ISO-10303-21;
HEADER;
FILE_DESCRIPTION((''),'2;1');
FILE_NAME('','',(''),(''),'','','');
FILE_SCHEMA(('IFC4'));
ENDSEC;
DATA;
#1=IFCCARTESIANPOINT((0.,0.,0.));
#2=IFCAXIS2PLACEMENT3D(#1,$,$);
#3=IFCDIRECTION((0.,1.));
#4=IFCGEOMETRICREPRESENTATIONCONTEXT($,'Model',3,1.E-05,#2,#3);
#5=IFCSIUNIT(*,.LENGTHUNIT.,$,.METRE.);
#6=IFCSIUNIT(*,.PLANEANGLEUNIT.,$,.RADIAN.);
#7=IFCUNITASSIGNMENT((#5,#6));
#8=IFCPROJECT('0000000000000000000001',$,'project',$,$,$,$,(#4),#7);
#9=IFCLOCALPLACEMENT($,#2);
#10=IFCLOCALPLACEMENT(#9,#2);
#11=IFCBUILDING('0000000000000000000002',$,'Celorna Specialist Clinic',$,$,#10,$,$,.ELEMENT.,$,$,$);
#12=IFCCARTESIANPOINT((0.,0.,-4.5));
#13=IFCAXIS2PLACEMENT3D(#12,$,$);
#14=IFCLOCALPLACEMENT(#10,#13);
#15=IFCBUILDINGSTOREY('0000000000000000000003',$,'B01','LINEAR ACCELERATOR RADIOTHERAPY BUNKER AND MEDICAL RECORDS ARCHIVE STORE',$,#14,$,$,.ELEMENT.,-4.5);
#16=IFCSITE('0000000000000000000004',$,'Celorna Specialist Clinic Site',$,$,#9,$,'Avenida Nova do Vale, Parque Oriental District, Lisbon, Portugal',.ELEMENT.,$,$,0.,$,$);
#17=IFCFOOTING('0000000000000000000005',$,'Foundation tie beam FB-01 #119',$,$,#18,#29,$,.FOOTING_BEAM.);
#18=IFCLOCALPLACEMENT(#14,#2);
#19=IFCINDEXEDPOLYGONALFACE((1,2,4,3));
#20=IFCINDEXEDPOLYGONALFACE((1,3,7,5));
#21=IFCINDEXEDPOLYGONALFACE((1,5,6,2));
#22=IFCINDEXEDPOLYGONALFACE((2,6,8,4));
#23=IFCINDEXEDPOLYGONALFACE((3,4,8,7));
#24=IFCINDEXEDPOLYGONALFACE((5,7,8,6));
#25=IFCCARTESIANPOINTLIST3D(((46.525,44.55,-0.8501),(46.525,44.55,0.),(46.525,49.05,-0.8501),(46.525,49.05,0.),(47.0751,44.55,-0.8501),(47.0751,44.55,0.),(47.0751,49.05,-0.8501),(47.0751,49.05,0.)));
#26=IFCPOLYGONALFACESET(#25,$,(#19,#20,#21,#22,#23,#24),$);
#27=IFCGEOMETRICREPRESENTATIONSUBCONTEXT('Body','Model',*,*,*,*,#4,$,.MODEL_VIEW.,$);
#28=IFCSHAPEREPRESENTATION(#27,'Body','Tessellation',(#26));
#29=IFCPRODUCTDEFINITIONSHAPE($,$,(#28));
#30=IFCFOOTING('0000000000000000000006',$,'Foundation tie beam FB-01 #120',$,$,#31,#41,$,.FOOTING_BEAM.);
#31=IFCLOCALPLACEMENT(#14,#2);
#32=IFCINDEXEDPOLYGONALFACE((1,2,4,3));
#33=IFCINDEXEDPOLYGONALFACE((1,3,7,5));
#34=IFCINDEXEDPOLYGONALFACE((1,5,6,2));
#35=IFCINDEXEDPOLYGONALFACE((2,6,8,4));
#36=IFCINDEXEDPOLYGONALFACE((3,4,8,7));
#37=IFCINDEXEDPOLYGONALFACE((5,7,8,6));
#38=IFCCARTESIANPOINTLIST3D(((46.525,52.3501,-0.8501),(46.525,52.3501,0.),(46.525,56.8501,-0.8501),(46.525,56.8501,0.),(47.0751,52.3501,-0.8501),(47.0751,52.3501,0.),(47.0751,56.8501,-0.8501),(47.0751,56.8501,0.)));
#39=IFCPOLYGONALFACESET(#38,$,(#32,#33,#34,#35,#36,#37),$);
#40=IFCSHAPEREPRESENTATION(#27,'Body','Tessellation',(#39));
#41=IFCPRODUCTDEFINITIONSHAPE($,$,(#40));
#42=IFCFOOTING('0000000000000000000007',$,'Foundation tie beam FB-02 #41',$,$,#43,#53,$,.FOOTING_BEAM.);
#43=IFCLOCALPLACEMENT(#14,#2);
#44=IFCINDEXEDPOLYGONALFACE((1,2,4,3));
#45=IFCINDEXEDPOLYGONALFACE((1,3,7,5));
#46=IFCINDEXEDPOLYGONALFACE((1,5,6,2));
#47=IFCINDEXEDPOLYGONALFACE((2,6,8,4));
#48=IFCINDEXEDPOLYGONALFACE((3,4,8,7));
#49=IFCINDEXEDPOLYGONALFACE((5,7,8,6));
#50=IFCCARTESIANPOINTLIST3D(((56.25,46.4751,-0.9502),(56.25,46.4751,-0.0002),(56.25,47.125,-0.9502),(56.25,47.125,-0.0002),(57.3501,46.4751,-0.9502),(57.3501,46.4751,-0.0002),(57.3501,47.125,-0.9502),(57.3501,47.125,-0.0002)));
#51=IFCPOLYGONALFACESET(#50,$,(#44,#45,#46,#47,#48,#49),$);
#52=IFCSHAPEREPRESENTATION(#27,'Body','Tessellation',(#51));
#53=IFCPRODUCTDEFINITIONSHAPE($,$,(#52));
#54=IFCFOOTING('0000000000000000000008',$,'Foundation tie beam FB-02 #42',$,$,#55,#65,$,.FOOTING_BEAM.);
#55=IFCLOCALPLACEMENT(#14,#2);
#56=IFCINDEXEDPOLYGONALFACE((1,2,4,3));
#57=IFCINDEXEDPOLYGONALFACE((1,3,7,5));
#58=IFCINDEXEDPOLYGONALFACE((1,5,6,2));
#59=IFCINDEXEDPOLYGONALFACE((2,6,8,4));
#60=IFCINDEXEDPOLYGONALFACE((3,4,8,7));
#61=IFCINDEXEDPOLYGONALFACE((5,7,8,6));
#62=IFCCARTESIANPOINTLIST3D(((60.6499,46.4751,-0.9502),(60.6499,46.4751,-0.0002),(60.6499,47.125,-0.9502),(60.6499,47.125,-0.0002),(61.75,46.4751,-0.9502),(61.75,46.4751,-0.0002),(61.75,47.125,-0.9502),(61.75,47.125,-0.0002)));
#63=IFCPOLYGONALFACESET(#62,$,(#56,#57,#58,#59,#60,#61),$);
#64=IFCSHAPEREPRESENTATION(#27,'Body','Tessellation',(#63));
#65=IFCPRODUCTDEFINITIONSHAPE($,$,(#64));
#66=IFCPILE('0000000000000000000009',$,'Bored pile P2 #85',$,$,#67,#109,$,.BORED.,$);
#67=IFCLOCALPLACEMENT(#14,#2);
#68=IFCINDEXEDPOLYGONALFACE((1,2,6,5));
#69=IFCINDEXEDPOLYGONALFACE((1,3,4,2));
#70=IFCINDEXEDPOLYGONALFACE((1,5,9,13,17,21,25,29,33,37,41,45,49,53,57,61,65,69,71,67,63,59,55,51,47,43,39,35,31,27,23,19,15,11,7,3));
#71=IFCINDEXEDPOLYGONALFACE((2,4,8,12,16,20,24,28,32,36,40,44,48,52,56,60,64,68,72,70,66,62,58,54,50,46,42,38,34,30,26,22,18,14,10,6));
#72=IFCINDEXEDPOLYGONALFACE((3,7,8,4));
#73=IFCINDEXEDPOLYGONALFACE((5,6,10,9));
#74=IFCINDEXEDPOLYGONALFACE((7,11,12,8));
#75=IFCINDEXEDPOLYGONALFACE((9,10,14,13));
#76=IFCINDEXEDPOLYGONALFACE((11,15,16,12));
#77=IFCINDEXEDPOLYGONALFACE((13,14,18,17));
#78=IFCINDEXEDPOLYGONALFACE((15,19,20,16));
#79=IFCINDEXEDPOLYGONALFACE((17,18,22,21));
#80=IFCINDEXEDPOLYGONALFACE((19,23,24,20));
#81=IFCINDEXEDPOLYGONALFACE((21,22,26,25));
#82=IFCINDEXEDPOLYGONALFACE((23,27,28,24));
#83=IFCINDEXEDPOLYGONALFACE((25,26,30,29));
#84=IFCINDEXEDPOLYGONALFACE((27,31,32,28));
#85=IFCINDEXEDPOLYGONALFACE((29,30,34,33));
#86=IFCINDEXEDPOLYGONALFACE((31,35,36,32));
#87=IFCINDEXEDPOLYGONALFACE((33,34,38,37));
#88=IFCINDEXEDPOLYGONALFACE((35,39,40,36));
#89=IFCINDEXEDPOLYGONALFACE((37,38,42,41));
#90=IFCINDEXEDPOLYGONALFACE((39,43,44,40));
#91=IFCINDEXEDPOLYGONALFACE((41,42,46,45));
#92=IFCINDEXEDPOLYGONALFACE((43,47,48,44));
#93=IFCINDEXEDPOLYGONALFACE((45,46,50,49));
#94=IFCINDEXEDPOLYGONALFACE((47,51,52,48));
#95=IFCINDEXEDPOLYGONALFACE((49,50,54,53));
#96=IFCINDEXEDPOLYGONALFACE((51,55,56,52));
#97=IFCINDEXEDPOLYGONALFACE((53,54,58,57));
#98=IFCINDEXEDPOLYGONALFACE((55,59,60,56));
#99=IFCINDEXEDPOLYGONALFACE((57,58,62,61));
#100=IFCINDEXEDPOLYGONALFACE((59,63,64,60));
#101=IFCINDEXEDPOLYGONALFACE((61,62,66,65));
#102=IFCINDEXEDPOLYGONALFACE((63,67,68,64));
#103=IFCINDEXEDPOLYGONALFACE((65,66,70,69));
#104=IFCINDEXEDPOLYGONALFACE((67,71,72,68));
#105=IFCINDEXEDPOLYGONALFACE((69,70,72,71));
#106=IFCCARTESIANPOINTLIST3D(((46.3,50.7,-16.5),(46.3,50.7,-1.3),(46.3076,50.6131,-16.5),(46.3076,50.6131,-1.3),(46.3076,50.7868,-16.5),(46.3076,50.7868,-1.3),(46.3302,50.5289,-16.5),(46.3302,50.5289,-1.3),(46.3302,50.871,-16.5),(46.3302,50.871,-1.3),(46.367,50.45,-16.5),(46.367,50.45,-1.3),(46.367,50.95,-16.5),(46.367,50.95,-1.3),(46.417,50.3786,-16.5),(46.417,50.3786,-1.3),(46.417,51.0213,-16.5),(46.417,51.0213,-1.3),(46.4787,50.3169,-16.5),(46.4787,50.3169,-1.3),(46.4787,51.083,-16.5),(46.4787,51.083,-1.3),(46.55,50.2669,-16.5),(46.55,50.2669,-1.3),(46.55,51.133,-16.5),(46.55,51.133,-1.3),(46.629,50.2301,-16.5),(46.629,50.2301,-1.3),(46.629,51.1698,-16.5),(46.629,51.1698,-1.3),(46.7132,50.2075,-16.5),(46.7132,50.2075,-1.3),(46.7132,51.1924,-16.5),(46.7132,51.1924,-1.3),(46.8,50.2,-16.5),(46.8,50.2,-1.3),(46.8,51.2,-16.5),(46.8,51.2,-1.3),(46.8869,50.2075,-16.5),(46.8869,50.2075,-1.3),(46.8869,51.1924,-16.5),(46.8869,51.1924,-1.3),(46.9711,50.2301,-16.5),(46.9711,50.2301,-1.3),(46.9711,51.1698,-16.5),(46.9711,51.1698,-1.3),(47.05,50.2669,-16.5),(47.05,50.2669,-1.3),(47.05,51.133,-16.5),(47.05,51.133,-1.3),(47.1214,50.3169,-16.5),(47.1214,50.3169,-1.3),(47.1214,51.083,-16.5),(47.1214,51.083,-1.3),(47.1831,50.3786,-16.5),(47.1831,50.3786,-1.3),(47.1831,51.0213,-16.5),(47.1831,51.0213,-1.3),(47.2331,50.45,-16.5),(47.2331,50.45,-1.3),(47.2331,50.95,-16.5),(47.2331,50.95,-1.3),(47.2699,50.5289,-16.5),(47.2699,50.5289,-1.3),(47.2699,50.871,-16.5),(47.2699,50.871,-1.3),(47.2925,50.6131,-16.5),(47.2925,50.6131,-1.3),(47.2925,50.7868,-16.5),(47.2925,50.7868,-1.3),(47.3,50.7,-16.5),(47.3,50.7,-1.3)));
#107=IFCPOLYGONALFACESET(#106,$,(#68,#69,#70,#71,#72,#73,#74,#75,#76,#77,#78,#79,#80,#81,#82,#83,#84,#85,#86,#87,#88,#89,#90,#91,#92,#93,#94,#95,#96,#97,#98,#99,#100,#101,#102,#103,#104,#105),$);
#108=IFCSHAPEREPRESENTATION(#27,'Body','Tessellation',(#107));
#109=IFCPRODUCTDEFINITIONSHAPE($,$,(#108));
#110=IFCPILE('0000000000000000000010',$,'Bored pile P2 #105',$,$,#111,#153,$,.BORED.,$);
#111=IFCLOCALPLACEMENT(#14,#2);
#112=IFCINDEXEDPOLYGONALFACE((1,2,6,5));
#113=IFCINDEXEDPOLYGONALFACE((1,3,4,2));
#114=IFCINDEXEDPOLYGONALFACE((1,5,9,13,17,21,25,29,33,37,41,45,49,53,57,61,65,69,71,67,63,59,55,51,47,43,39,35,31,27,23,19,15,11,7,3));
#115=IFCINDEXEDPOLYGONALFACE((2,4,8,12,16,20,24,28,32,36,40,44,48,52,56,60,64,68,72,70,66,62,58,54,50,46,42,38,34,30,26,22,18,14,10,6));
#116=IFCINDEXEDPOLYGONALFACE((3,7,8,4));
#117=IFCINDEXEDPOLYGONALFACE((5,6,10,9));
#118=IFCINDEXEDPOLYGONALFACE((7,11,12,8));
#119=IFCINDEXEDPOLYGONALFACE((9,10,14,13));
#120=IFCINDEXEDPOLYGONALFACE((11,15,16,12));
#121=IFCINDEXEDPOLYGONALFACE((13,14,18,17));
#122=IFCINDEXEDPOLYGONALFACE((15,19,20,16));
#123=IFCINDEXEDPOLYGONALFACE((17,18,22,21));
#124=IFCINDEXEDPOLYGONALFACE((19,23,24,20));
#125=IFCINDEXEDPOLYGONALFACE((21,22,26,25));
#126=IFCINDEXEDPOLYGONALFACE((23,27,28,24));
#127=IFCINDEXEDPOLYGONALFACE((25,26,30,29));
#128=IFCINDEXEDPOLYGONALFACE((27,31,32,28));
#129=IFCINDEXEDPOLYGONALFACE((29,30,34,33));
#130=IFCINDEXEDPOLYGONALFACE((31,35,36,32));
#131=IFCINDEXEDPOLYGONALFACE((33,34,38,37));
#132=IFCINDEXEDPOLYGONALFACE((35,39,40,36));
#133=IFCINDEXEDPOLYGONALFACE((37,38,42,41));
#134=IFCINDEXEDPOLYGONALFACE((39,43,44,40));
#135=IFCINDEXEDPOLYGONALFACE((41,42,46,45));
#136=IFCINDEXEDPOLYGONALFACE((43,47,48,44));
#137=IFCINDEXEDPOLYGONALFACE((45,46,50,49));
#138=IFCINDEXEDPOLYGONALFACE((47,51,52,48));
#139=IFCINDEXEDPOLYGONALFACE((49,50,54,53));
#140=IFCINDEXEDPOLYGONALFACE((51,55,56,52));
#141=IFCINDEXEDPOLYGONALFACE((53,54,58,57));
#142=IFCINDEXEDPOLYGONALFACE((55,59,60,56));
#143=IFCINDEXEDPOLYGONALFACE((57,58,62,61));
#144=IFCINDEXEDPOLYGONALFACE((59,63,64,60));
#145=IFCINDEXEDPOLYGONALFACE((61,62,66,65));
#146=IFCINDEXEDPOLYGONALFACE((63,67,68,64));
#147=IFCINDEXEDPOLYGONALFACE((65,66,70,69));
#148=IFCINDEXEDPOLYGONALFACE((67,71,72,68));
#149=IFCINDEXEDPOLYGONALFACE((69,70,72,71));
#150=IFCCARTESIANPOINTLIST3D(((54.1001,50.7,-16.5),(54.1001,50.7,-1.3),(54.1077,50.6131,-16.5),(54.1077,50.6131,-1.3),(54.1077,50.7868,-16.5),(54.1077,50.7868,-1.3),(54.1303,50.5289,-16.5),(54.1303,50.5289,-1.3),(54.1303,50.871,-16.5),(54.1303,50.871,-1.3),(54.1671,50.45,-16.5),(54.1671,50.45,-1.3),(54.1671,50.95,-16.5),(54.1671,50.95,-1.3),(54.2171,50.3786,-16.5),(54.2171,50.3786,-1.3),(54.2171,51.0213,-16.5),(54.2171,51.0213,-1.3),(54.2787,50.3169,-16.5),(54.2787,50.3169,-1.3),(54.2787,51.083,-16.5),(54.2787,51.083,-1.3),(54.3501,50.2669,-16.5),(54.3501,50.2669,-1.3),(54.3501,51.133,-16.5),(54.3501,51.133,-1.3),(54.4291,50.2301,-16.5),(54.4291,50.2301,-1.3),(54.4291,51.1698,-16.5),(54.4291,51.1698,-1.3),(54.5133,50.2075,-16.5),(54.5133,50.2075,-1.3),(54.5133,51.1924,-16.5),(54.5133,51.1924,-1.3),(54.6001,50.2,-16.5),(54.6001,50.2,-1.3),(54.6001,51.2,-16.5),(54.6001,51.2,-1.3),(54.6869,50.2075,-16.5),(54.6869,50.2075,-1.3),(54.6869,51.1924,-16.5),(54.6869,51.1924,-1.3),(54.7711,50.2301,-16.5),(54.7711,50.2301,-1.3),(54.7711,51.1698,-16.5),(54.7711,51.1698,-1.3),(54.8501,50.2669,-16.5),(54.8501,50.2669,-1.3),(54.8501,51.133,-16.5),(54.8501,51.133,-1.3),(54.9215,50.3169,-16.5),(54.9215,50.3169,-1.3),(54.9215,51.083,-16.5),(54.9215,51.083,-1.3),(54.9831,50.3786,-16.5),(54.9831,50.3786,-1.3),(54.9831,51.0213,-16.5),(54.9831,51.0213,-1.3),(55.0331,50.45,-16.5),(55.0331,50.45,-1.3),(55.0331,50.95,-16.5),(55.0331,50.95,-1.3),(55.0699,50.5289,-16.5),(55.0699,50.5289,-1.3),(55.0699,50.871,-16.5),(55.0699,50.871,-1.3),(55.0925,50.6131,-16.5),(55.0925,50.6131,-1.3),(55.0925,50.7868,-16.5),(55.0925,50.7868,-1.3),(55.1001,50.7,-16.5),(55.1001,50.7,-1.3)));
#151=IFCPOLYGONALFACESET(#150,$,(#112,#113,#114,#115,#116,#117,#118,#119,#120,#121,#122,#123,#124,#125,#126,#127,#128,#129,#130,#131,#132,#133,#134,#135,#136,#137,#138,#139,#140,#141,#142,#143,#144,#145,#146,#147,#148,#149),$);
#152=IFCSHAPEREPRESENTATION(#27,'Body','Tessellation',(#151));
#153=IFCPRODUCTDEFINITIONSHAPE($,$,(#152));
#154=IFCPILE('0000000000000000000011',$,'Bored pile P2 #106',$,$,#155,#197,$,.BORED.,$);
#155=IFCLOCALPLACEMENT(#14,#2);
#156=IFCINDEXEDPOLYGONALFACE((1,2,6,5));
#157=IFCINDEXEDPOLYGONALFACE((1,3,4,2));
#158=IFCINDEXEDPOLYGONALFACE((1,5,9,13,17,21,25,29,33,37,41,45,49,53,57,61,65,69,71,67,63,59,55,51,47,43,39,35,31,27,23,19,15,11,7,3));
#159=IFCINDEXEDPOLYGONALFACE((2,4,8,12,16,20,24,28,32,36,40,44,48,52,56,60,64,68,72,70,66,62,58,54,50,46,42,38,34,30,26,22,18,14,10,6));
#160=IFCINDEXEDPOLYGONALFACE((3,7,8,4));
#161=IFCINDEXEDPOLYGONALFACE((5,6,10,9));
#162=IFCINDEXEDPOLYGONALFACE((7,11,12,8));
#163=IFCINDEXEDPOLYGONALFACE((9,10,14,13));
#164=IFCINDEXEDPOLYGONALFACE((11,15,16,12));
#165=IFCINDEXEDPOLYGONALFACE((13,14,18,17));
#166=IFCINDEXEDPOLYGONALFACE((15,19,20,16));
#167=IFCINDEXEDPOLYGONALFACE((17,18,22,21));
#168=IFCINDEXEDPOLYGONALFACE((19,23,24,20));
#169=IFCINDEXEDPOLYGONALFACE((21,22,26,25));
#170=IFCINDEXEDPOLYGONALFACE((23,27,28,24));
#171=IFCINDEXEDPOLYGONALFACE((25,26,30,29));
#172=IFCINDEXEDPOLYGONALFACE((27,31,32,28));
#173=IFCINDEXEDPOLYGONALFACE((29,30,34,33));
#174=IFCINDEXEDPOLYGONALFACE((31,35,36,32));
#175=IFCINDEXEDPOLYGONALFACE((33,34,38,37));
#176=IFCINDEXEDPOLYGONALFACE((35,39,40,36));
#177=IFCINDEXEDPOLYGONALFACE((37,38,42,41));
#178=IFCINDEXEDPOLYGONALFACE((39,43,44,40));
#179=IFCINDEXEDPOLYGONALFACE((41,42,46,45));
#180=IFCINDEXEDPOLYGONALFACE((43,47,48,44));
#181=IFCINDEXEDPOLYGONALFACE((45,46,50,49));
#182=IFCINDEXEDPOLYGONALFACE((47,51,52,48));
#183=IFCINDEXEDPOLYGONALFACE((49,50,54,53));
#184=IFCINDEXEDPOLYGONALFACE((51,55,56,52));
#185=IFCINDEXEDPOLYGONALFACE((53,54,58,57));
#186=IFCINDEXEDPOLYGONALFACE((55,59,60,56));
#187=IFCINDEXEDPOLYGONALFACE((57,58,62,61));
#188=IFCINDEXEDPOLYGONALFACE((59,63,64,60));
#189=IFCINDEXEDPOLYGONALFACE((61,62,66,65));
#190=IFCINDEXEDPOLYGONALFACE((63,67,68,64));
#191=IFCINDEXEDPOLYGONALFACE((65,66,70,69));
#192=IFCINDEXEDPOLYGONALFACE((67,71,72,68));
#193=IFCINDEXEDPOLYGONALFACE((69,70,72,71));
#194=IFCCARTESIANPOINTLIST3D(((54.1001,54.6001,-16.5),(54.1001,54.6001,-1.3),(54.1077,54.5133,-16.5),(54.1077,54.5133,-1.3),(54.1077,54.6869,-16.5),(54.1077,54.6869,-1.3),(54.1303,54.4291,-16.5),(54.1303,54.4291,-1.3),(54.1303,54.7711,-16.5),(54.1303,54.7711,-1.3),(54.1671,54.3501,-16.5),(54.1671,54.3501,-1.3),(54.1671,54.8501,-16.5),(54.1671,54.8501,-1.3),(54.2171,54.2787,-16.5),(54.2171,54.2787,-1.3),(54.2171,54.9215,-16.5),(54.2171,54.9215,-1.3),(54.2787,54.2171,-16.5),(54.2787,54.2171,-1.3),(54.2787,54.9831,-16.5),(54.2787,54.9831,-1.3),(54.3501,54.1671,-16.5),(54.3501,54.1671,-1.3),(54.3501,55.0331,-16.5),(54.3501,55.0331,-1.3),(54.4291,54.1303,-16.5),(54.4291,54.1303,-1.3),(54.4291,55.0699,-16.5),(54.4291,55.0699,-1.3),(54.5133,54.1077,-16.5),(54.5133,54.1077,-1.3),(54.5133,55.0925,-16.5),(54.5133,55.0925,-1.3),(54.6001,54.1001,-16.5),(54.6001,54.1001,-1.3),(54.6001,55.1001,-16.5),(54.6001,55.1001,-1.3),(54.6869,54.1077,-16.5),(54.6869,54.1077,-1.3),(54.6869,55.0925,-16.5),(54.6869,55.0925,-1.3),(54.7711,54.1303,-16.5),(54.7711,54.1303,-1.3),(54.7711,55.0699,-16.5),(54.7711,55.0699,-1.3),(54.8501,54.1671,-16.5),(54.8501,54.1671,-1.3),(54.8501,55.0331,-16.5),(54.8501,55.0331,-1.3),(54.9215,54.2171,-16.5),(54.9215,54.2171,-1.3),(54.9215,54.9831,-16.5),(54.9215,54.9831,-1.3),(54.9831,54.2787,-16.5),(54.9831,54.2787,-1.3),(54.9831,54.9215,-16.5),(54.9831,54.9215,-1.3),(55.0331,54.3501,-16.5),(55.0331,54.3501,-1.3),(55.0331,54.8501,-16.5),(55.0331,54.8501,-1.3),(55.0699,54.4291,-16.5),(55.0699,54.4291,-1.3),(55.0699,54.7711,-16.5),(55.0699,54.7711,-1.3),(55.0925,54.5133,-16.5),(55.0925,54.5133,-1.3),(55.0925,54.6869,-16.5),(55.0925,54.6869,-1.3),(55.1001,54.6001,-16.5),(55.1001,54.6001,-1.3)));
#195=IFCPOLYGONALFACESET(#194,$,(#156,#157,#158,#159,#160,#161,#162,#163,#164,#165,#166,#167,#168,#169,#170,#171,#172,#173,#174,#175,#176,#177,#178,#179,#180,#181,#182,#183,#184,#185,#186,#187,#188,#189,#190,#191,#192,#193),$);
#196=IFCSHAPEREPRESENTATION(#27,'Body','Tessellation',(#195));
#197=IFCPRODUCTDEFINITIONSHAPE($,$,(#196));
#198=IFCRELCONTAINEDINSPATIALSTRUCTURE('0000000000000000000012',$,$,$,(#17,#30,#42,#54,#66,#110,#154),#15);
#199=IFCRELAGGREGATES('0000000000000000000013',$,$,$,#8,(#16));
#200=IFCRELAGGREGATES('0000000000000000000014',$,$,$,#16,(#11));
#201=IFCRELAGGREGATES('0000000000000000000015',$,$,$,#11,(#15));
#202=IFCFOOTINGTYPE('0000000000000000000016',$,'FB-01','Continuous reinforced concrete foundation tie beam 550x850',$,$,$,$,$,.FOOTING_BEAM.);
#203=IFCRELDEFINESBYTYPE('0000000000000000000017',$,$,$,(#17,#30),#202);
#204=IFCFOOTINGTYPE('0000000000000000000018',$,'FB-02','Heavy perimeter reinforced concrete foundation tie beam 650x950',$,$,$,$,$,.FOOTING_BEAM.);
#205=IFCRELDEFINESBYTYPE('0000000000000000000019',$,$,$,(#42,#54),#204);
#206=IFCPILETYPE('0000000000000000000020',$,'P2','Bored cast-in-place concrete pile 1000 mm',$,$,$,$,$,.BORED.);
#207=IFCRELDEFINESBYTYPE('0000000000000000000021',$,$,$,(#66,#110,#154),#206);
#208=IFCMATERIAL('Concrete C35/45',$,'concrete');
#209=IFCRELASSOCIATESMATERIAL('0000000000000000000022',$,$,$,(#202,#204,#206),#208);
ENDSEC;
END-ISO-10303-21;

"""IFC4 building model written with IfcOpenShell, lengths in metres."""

from ifc_helpers import new_model, si_unit, direction, frame, origin, origin_2d, place, context, subcontext, project, spatial, rectangle, circle, extrude, material, material_profile, profile_set, type_object, element, save


model = new_model("IFC4")

# Units and contexts
model_context = context("Model", 3, precision=1e-05, world=origin(), true_north=direction((0.0, 1.0)))
body_context = subcontext(model_context, "Body", "Model", "MODEL_VIEW")
ifc_project = project(units=[si_unit("LENGTHUNIT", "METRE"), si_unit("PLANEANGLEUNIT", "RADIAN")], contexts=[model_context])

# Site, building, storey
site_placement = place(None, origin())
site = spatial("IfcSite", under=ifc_project, at=site_placement, Name="Celorna Specialist Clinic Site", LongName="Avenida Nova do Vale, Parque Oriental District, Lisbon, Portugal", CompositionType="ELEMENT", RefElevation=0.0)
building_placement = place(site_placement, origin())
building = spatial("IfcBuilding", under=site, at=building_placement, Name="Celorna Specialist Clinic", CompositionType="ELEMENT")
storey_placement = place(building_placement, frame((0.0, 0.0, -4.5)))
storey = spatial("IfcBuildingStorey", under=building, at=storey_placement, Name="B01", Description="LINEAR ACCELERATOR RADIOTHERAPY BUNKER AND MEDICAL RECORDS ARCHIVE STORE", CompositionType="ELEMENT", Elevation=-4.5)

# Footings
ifc_material_1 = material(Name="Concrete C35/45", Category="concrete")
footing_type_1 = type_object("IfcFootingType", Name="FB-01", Description="Continuous reinforced concrete foundation tie beam 550x850", PredefinedType="FOOTING_BEAM", material=ifc_material_1)
for number, where, z_axis, x_axis, name in (
    (1, (46.8, 46.8, -0.8501), (0.0, 0.0, 1.0), (0.0, 1.0, 0.0), "Foundation tie beam FB-01 #119"),
    (2, (46.8, 54.6001, -0.8501), (0.0, 0.0, 1.0), (0.0, 1.0, 0.0), "Foundation tie beam FB-01 #120"),
):
    element("IfcFooting", number, at=place(storey_placement, frame(where, z_axis=z_axis, x_axis=x_axis)), inside=storey, type_object=footing_type_1, Name=name, PredefinedType="FOOTING_BEAM", context=body_context, shape_type="SweptSolid", body=[
        extrude(rectangle(XDim=4.5, YDim=0.55, at=origin_2d()), origin(), (0.0, 0.0, 1.0), 0.8501),
    ])
footing_type_2 = type_object("IfcFootingType", Name="FB-02", Description="Heavy perimeter reinforced concrete foundation tie beam 650x950", PredefinedType="FOOTING_BEAM", material=ifc_material_1)
for number, where, z_axis, x_axis, name in (
    (3, (56.8, 46.8, -0.9502), (0.0, 0.0, 1.0), (1.0, 0.0, 0.0), "Foundation tie beam FB-02 #41"),
    (4, (61.2, 46.8, -0.9502), (0.0, 0.0, 1.0), (1.0, 0.0, 0.0), "Foundation tie beam FB-02 #42"),
):
    element("IfcFooting", number, at=place(storey_placement, frame(where, z_axis=z_axis, x_axis=x_axis)), inside=storey, type_object=footing_type_2, Name=name, PredefinedType="FOOTING_BEAM", context=body_context, shape_type="SweptSolid", body=[
        extrude(rectangle(XDim=1.1001, YDim=0.6499, at=origin_2d()), origin(), (0.0, 0.0, 1.0), 0.95),
    ])

# Piles
ifc_material_profile_1 = material_profile(ifc_material_1, circle(Radius=0.5, at=origin_2d()), Name="BORED PILE 1000")
ifc_profile_set_1 = profile_set([ifc_material_profile_1], Name="Concrete C35/45")
pile_type_1 = type_object("IfcPileType", Name="P2", Description="Bored cast-in-place concrete pile 1000 mm", PredefinedType="BORED", material=ifc_profile_set_1)
for number, where, z_axis, x_axis, name in (
    (5, (46.8, 50.7, -1.3), (0.0, 0.0, -1.0), (1.0, 0.0, 0.0), "Bored pile P2 #85"),
    (6, (54.6001, 50.7, -1.3), (0.0, 0.0, -1.0), (1.0, 0.0, 0.0), "Bored pile P2 #105"),
    (7, (54.6001, 54.6001, -1.3), (0.0, 0.0, -1.0), (1.0, 0.0, 0.0), "Bored pile P2 #106"),
):
    element("IfcPile", number, at=place(storey_placement, frame(where, z_axis=z_axis, x_axis=x_axis)), inside=storey, type_object=pile_type_1, Name=name, PredefinedType="BORED", context=body_context, shape_type="SweptSolid", body=[
        extrude(circle(Radius=0.5, at=origin_2d()), origin(), (0.0, 0.0, 1.0), 15.2),
    ])

save(model, "model.ifc")
